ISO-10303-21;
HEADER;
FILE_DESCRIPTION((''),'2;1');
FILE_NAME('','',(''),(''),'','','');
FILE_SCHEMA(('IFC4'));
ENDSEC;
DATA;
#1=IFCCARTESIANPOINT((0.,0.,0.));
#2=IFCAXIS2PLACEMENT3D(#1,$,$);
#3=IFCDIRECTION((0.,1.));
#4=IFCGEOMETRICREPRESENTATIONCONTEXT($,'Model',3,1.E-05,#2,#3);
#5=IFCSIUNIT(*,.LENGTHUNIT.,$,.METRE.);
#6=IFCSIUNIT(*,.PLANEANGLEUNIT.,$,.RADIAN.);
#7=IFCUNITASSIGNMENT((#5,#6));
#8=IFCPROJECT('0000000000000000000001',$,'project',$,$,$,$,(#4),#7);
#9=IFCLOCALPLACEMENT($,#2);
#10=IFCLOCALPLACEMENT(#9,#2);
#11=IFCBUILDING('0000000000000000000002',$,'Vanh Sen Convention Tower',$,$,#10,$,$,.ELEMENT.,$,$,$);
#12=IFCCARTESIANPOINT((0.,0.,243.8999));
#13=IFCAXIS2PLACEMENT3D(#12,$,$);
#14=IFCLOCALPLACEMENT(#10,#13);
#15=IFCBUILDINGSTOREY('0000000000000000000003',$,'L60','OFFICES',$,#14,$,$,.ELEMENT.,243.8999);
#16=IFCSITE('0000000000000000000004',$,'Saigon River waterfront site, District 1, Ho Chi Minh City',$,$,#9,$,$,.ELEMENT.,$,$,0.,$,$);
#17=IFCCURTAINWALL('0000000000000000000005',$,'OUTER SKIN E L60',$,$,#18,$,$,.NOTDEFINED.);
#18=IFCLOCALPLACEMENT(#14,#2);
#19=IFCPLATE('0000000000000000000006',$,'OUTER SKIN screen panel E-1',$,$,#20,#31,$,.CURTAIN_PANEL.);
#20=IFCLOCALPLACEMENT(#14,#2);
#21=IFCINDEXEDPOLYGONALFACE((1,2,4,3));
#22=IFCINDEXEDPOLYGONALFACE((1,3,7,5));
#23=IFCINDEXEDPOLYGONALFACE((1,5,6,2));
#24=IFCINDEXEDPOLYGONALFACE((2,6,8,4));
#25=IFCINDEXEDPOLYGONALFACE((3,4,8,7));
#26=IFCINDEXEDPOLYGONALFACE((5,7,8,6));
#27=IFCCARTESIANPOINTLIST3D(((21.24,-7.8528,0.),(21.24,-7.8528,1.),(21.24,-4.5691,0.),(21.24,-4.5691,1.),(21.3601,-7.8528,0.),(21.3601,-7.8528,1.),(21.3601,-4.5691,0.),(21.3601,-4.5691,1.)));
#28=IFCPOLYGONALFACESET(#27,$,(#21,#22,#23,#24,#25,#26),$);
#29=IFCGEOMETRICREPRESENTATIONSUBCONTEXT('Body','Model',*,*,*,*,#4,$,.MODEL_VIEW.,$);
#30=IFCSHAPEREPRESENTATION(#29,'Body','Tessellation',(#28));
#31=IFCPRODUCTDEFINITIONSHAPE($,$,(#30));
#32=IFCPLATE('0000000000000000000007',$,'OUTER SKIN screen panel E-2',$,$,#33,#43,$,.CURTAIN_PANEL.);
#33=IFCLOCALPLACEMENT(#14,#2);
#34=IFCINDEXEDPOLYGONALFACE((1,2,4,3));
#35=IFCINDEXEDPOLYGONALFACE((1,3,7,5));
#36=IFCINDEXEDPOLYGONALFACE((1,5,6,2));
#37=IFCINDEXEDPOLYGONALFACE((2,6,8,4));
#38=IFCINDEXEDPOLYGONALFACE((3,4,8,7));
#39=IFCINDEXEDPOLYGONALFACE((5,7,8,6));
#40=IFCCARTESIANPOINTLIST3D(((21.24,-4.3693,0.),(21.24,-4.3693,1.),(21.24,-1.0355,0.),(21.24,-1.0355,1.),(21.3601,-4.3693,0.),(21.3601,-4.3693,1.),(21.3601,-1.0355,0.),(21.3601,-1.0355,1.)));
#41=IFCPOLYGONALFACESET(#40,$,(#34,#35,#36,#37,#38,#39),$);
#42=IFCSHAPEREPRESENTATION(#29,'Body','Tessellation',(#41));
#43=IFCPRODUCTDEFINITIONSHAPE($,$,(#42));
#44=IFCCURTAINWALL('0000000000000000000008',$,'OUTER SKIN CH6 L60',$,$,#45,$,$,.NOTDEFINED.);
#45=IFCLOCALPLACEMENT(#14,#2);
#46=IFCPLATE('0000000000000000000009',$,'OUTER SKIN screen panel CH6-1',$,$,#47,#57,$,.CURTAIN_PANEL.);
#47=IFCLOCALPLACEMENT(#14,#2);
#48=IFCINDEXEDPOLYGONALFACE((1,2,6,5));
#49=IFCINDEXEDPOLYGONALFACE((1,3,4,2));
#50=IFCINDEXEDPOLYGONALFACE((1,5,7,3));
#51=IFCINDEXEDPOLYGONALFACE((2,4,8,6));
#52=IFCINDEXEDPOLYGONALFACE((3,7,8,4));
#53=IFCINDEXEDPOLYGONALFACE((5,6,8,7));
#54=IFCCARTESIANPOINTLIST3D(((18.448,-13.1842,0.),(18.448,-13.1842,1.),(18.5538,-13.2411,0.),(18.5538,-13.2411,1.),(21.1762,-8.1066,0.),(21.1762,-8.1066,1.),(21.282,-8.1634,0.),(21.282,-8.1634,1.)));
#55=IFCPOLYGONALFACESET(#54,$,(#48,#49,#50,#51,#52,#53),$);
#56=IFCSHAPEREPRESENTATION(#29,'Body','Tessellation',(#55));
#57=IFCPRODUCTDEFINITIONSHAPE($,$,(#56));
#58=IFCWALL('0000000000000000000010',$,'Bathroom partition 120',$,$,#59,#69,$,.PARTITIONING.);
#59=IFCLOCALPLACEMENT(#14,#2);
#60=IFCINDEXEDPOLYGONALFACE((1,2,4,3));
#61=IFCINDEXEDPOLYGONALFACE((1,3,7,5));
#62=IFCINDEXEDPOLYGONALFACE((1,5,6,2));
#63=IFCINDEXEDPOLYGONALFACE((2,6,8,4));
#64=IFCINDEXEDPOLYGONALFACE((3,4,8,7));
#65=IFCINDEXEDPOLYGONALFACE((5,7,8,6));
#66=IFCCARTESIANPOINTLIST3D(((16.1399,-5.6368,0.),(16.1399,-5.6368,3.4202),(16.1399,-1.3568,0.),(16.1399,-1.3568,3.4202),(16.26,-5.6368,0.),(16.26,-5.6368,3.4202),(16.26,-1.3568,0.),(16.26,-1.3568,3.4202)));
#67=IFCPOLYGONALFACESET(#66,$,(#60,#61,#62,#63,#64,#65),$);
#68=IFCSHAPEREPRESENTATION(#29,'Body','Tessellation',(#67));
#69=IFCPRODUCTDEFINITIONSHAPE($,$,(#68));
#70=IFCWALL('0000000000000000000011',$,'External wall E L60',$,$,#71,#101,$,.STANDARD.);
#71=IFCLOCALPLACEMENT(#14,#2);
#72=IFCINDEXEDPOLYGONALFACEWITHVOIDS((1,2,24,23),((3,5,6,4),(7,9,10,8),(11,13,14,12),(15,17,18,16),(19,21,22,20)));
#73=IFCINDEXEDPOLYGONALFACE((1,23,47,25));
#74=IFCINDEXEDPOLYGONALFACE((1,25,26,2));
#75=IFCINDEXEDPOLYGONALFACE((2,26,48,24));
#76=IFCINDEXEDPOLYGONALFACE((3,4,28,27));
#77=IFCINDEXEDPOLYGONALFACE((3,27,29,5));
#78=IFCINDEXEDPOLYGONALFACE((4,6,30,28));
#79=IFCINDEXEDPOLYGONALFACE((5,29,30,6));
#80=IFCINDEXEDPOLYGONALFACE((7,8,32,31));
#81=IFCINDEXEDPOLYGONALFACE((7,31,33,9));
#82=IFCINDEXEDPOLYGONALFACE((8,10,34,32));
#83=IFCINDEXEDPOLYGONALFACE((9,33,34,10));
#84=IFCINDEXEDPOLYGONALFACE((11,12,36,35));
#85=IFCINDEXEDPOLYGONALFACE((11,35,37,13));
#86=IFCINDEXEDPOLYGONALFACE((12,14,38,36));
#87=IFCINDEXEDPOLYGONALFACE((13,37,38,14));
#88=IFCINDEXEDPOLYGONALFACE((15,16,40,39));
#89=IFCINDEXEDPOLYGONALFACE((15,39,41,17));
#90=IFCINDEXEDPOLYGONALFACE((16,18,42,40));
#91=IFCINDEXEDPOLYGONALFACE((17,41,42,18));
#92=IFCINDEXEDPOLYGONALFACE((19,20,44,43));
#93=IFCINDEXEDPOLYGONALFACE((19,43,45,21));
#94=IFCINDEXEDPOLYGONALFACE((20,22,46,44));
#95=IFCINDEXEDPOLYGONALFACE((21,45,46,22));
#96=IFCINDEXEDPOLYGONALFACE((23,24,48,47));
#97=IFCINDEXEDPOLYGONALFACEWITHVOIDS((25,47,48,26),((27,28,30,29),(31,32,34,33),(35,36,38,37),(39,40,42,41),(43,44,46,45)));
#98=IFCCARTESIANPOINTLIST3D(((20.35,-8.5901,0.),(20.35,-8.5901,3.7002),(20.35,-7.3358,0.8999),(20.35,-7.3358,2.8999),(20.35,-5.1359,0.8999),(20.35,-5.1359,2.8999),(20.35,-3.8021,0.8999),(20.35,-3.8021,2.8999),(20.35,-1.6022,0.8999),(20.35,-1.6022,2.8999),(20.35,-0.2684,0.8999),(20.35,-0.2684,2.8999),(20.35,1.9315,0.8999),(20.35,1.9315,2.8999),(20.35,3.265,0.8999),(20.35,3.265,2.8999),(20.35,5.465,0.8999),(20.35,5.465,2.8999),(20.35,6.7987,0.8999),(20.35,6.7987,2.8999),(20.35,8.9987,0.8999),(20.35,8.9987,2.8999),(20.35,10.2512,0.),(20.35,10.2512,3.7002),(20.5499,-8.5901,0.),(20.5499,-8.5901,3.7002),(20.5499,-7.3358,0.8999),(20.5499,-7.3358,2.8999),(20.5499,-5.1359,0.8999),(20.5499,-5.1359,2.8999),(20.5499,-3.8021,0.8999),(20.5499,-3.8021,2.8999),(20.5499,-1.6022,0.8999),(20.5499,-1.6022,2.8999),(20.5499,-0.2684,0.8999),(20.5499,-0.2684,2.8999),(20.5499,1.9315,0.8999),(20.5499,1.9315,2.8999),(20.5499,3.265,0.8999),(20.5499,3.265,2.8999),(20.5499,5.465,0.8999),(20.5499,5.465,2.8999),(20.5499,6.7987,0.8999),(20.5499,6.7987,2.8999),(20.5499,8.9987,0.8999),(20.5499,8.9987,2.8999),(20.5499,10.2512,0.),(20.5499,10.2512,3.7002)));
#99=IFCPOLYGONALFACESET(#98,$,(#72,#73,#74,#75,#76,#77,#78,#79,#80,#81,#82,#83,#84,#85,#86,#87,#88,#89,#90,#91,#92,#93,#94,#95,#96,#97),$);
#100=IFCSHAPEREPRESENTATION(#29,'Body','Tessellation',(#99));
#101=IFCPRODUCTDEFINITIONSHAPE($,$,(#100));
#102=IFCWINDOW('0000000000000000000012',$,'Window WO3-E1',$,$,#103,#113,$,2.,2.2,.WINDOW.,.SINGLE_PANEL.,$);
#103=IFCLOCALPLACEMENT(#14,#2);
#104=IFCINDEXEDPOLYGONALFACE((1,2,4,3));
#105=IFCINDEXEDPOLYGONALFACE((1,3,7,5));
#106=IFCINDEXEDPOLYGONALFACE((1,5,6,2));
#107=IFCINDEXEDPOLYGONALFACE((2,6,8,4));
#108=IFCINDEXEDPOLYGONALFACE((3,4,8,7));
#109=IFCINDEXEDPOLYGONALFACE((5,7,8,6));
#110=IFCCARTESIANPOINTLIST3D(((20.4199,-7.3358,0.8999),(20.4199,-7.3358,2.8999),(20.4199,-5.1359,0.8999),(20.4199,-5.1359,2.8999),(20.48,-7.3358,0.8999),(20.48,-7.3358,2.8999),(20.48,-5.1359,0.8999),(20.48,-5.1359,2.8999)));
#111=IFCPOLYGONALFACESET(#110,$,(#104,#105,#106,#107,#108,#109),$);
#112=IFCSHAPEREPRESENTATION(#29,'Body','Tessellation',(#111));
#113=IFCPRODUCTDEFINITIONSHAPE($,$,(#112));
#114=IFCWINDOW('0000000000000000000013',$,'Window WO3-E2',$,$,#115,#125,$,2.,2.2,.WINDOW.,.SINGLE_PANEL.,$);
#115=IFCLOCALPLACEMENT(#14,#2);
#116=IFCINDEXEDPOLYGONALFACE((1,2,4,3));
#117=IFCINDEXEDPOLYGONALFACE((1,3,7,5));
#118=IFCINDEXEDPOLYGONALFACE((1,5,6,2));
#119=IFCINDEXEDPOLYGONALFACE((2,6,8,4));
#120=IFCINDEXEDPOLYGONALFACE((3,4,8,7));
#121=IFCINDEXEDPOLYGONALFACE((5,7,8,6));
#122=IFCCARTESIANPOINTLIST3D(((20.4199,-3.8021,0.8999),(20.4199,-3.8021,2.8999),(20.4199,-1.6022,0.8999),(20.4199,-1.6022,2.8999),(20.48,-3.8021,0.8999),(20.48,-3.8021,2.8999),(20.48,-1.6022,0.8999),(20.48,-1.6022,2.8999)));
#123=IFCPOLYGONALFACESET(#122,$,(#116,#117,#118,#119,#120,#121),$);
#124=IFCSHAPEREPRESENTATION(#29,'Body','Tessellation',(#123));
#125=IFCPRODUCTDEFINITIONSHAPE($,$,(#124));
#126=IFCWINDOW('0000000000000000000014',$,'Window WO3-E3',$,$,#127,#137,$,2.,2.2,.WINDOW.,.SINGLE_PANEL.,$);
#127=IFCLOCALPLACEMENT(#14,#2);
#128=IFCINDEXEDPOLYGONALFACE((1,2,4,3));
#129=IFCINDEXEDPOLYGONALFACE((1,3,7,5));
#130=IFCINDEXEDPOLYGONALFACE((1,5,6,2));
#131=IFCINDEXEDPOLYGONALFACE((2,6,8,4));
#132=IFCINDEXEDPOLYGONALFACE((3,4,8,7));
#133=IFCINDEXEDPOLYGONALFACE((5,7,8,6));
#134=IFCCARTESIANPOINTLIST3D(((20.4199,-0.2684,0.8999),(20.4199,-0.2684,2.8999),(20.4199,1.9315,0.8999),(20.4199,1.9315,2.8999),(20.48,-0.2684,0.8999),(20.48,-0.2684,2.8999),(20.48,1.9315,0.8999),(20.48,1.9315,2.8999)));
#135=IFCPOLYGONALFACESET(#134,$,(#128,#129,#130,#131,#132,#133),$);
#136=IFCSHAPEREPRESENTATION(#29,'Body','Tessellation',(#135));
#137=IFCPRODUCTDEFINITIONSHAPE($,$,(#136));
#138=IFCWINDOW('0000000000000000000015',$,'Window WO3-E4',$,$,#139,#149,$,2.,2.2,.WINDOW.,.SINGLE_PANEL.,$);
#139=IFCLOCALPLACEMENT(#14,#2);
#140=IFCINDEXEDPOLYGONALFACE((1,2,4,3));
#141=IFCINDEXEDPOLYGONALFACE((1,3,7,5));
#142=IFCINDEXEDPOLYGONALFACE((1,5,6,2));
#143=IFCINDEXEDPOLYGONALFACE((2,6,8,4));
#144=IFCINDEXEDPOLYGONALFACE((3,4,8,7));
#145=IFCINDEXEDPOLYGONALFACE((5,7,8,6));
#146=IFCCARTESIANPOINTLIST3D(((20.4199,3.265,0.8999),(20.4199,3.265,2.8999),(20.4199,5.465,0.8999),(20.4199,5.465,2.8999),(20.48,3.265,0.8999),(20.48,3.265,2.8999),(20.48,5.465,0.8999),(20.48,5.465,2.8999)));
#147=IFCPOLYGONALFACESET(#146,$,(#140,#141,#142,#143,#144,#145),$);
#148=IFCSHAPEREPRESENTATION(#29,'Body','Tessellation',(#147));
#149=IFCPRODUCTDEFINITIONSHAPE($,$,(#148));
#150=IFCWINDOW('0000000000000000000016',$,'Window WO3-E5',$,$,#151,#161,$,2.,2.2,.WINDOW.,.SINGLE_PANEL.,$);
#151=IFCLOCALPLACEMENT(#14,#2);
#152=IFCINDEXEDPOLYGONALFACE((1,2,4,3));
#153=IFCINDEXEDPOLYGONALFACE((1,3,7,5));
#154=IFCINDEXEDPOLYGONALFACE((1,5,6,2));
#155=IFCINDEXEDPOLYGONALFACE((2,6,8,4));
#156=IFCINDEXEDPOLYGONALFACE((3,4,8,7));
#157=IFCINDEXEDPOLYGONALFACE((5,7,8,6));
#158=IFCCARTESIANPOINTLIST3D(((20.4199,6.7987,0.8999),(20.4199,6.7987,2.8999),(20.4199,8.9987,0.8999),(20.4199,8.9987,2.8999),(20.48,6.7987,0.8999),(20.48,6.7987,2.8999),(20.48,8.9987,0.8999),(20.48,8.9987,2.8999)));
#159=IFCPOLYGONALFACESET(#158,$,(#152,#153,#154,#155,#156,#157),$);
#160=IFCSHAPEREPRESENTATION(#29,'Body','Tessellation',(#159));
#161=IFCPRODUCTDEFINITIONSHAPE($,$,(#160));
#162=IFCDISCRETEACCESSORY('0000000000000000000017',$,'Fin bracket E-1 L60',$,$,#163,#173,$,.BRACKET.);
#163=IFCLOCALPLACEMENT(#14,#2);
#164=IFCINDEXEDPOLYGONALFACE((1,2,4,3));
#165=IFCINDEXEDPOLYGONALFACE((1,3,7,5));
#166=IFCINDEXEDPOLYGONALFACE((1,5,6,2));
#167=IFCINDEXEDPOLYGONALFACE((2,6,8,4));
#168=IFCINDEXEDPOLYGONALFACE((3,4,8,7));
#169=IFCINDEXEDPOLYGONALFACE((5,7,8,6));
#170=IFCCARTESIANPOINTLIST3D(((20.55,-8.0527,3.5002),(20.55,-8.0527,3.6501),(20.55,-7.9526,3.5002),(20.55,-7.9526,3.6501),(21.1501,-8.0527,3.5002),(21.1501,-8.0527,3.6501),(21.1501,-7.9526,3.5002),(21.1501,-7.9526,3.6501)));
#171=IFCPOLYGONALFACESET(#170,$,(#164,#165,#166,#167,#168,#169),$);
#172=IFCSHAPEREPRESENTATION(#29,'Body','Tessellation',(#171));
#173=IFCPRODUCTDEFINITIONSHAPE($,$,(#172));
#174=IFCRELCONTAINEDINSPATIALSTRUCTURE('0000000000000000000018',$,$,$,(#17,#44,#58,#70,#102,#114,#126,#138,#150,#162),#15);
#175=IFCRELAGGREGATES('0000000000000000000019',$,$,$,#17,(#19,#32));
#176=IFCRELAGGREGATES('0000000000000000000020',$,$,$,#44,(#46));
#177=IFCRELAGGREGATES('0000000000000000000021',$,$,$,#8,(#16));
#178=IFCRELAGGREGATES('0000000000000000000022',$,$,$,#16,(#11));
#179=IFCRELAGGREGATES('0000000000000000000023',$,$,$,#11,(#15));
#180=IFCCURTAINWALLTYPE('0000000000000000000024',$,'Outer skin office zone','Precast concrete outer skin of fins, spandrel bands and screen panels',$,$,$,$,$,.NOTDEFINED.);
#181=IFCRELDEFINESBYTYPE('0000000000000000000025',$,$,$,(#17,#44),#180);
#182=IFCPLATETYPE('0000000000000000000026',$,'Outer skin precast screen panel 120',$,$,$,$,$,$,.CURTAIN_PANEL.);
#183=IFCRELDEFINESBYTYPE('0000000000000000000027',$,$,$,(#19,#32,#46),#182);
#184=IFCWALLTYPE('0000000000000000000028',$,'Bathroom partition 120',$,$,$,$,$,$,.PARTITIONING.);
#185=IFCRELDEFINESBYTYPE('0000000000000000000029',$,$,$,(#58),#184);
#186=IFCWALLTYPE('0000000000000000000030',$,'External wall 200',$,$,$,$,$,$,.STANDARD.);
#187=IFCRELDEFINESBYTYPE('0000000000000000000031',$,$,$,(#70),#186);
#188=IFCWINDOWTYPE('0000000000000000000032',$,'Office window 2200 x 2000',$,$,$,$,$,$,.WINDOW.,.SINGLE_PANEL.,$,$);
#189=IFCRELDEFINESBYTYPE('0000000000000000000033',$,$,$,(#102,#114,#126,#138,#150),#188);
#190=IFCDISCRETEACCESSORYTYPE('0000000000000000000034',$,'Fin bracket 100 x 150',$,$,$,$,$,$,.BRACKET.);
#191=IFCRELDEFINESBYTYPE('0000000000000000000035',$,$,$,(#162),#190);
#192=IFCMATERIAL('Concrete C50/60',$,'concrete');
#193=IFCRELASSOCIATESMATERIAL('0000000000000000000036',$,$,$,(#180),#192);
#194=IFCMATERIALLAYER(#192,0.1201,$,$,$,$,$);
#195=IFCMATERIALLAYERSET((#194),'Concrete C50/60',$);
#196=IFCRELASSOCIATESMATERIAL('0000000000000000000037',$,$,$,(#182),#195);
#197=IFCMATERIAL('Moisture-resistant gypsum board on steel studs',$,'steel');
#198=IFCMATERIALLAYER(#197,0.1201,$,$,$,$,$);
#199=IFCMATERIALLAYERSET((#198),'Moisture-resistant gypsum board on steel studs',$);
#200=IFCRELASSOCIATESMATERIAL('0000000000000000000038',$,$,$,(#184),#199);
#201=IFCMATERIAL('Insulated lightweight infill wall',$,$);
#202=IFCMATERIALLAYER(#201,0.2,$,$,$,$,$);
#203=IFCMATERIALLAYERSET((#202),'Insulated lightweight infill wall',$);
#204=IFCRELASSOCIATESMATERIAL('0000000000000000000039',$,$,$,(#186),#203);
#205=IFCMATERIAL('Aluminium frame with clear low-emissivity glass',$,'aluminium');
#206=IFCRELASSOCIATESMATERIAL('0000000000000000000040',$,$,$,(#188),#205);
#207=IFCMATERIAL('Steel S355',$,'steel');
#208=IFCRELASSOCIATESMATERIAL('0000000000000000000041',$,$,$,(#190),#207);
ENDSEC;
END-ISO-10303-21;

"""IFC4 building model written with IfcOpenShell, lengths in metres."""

from ifc_helpers import new_model, si_unit, direction, frame, frame_2d, origin, origin_2d, place, context, subcontext, project, spatial, rectangle, extrude, material, layer, layer_set, type_object, element, fill, aggregate, save


model = new_model("IFC4")

# Units and contexts
model_context = context("Model", 3, precision=1e-05, world=origin(), true_north=direction((0.0, 1.0)))
body_context = subcontext(model_context, "Body", "Model", "MODEL_VIEW")
ifc_project = project(units=[si_unit("LENGTHUNIT", "METRE"), si_unit("PLANEANGLEUNIT", "RADIAN")], contexts=[model_context])

# Site, building, storey
site_placement = place(None, origin())
site = spatial("IfcSite", under=ifc_project, at=site_placement, Name="Saigon River waterfront site, District 1, Ho Chi Minh City", CompositionType="ELEMENT", RefElevation=0.0)
building_placement = place(site_placement, origin())
building = spatial("IfcBuilding", under=site, at=building_placement, Name="Vanh Sen Convention Tower", CompositionType="ELEMENT")
storey_placement = place(building_placement, frame((0.0, 0.0, 243.8999)))
storey = spatial("IfcBuildingStorey", under=building, at=storey_placement, Name="L60", Description="OFFICES", CompositionType="ELEMENT", Elevation=243.8999)

# Curtain wall
ifc_material_1 = material(Name="Concrete C50/60", Category="concrete")
curtain_wall_type = type_object("IfcCurtainWallType", Name="Outer skin office zone", Description="Precast concrete outer skin of fins, spandrel bands and screen panels", PredefinedType="NOTDEFINED", material=ifc_material_1)
curtain_wall_1_placement = place(storey_placement, origin())
curtain_wall_1 = element("IfcCurtainWall", 1, at=curtain_wall_1_placement, inside=storey, type_object=curtain_wall_type, Name="OUTER SKIN E L60", PredefinedType="NOTDEFINED")

# Plates
ifc_layer_1 = layer(ifc_material_1, 0.1201)
ifc_layer_set_1 = layer_set([ifc_layer_1], Name="Concrete C50/60")
plate_type = type_object("IfcPlateType", Name="Outer skin precast screen panel 120", PredefinedType="CURTAIN_PANEL", material=ifc_layer_set_1)
plate_1_placement = place(storey_placement, frame((21.3, -6.2109, 0.0), z_axis=(0.0, 0.0, 1.0), x_axis=(0.0, 1.0, 0.0)))
plate_1 = element("IfcPlate", 2, at=plate_1_placement, type_object=plate_type, Name="OUTER SKIN screen panel E-1", PredefinedType="CURTAIN_PANEL", context=body_context, shape_type="SweptSolid", body=[
    extrude(rectangle(XDim=3.2837, YDim=0.1201, at=origin_2d()), origin(), (0.0, 0.0, 1.0), 1.0),
])
plate_2_placement = place(storey_placement, frame((21.3, -2.7024, 0.0), z_axis=(0.0, 0.0, 1.0), x_axis=(0.0, 1.0, 0.0)))
plate_2 = element("IfcPlate", 3, at=plate_2_placement, type_object=plate_type, Name="OUTER SKIN screen panel E-2", PredefinedType="CURTAIN_PANEL", context=body_context, shape_type="SweptSolid", body=[
    extrude(rectangle(XDim=3.3337, YDim=0.1201, at=origin_2d()), origin(), (0.0, 0.0, 1.0), 1.0),
])
aggregate(curtain_wall_1, [plate_1, plate_2])

# Curtain wall, plate
curtain_wall_2_placement = place(storey_placement, origin())
curtain_wall_2 = element("IfcCurtainWall", 4, at=curtain_wall_2_placement, inside=storey, type_object=curtain_wall_type, Name="OUTER SKIN CH6 L60", PredefinedType="NOTDEFINED")
plate_3_placement = place(storey_placement, frame((19.865, -10.6738, 0.0), z_axis=(0.0, 0.0, 1.0), x_axis=(0.473314, 0.880894, 0.0)))
plate_3 = element("IfcPlate", 5, at=plate_3_placement, type_object=plate_type, Name="OUTER SKIN screen panel CH6-1", PredefinedType="CURTAIN_PANEL", context=body_context, shape_type="SweptSolid", body=[
    extrude(rectangle(XDim=5.7642, YDim=0.1201, at=origin_2d()), origin(), (0.0, 0.0, 1.0), 1.0),
])
aggregate(curtain_wall_2, [plate_3])

# Wall
ifc_material_2 = material(Name="Moisture-resistant gypsum board on steel studs", Category="steel")
ifc_layer_2 = layer(ifc_material_2, 0.1201)
ifc_layer_set_2 = layer_set([ifc_layer_2], Name="Moisture-resistant gypsum board on steel studs")
wall_type_1 = type_object("IfcWallType", Name="Bathroom partition 120", PredefinedType="PARTITIONING", material=ifc_layer_set_2)
wall_1_placement = place(storey_placement, frame((16.2, -1.3567, 0.0), z_axis=(0.0, 0.0, 1.0), x_axis=(0.0, -1.0, 0.0)))
element("IfcWall", 6, at=wall_1_placement, inside=storey, type_object=wall_type_1, Name="Bathroom partition 120", PredefinedType="PARTITIONING", context=body_context, shape_type="SweptSolid", body=[
    extrude(rectangle(XDim=4.28, YDim=0.1201, at=frame_2d((2.1401, 0.0))), origin(), (0.0, 0.0, 1.0), 3.4202),
])

# Wall, openings, windows
ifc_material_3 = material(Name="Insulated lightweight infill wall")
ifc_layer_3 = layer(ifc_material_3, 0.2)
ifc_layer_set_3 = layer_set([ifc_layer_3], Name="Insulated lightweight infill wall")
wall_type_2 = type_object("IfcWallType", Name="External wall 200", PredefinedType="STANDARD", material=ifc_layer_set_3)
wall_2_placement = place(storey_placement, frame((20.45, -8.5901, 0.0), z_axis=(0.0, 0.0, 1.0), x_axis=(0.0, 1.0, 0.0)))
wall_2 = element("IfcWall", 7, at=wall_2_placement, inside=storey, type_object=wall_type_2, Name="External wall E L60", PredefinedType="STANDARD", context=body_context, shape_type="SweptSolid", body=[
    extrude(rectangle(XDim=18.8413, YDim=0.2, at=frame_2d((9.4207, 0.0))), origin(), (0.0, 0.0, 1.0), 3.7002),
])
opening_1_placement = place(wall_2_placement, frame((1.2542, 0.0, 0.8999)))
opening_1 = element("IfcOpeningElement", 8, at=opening_1_placement, cuts=wall_2, PredefinedType="OPENING", context=body_context, shape_type="SweptSolid", body=[
    extrude(rectangle(XDim=2.2, YDim=2.0, at=frame_2d((1.1001, 1.0))), frame((0.0, 0.1099, 0.0), z_axis=(0.0, -1.0, 0.0), x_axis=(1.0, 0.0, 0.0)), (0.0, 0.0, 1.0), 0.22),
])
opening_2_placement = place(wall_2_placement, frame((4.7878, 0.0, 0.8999)))
opening_2 = element("IfcOpeningElement", 9, at=opening_2_placement, cuts=wall_2, PredefinedType="OPENING", context=body_context, shape_type="SweptSolid", body=[
    extrude(rectangle(XDim=2.2, YDim=2.0, at=frame_2d((1.1001, 1.0))), frame((0.0, 0.1099, 0.0), z_axis=(0.0, -1.0, 0.0), x_axis=(1.0, 0.0, 0.0)), (0.0, 0.0, 1.0), 0.22),
])
opening_3_placement = place(wall_2_placement, frame((8.3215, 0.0, 0.8999)))
opening_3 = element("IfcOpeningElement", 10, at=opening_3_placement, cuts=wall_2, PredefinedType="OPENING", context=body_context, shape_type="SweptSolid", body=[
    extrude(rectangle(XDim=2.2, YDim=2.0, at=frame_2d((1.1001, 1.0))), frame((0.0, 0.1099, 0.0), z_axis=(0.0, -1.0, 0.0), x_axis=(1.0, 0.0, 0.0)), (0.0, 0.0, 1.0), 0.22),
])
opening_4_placement = place(wall_2_placement, frame((11.855, 0.0, 0.8999)))
opening_4 = element("IfcOpeningElement", 11, at=opening_4_placement, cuts=wall_2, PredefinedType="OPENING", context=body_context, shape_type="SweptSolid", body=[
    extrude(rectangle(XDim=2.2, YDim=2.0, at=frame_2d((1.1001, 1.0))), frame((0.0, 0.1099, 0.0), z_axis=(0.0, -1.0, 0.0), x_axis=(1.0, 0.0, 0.0)), (0.0, 0.0, 1.0), 0.22),
])
opening_5_placement = place(wall_2_placement, frame((15.3887, 0.0, 0.8999)))
opening_5 = element("IfcOpeningElement", 12, at=opening_5_placement, cuts=wall_2, PredefinedType="OPENING", context=body_context, shape_type="SweptSolid", body=[
    extrude(rectangle(XDim=2.2, YDim=2.0, at=frame_2d((1.1001, 1.0))), frame((0.0, 0.1099, 0.0), z_axis=(0.0, -1.0, 0.0), x_axis=(1.0, 0.0, 0.0)), (0.0, 0.0, 1.0), 0.22),
])
ifc_material_4 = material(Name="Aluminium frame with clear low-emissivity glass", Category="aluminium")
window_type = type_object("IfcWindowType", Name="Office window 2200 x 2000", PartitioningType="SINGLE_PANEL", PredefinedType="WINDOW", material=ifc_material_4)
window_1_placement = place(opening_1_placement, origin())
window_1 = element("IfcWindow", 13, at=window_1_placement, inside=storey, type_object=window_type, Name="Window WO3-E1", OverallHeight=2.0, OverallWidth=2.2, PartitioningType="SINGLE_PANEL", PredefinedType="WINDOW", context=body_context, shape_type="SweptSolid", body=[
    extrude(rectangle(XDim=2.2, YDim=2.0, at=frame_2d((1.1001, 1.0))), frame((0.0, 0.03, 0.0), z_axis=(0.0, -1.0, 0.0), x_axis=(1.0, 0.0, 0.0)), (0.0, 0.0, 1.0), 0.0601),
])
fill(opening_1, window_1)
window_2_placement = place(opening_2_placement, origin())
window_2 = element("IfcWindow", 14, at=window_2_placement, inside=storey, type_object=window_type, Name="Window WO3-E2", OverallHeight=2.0, OverallWidth=2.2, PartitioningType="SINGLE_PANEL", PredefinedType="WINDOW", context=body_context, shape_type="SweptSolid", body=[
    extrude(rectangle(XDim=2.2, YDim=2.0, at=frame_2d((1.1001, 1.0))), frame((0.0, 0.03, 0.0), z_axis=(0.0, -1.0, 0.0), x_axis=(1.0, 0.0, 0.0)), (0.0, 0.0, 1.0), 0.0601),
])
fill(opening_2, window_2)
window_3_placement = place(opening_3_placement, origin())
window_3 = element("IfcWindow", 15, at=window_3_placement, inside=storey, type_object=window_type, Name="Window WO3-E3", OverallHeight=2.0, OverallWidth=2.2, PartitioningType="SINGLE_PANEL", PredefinedType="WINDOW", context=body_context, shape_type="SweptSolid", body=[
    extrude(rectangle(XDim=2.2, YDim=2.0, at=frame_2d((1.1001, 1.0))), frame((0.0, 0.03, 0.0), z_axis=(0.0, -1.0, 0.0), x_axis=(1.0, 0.0, 0.0)), (0.0, 0.0, 1.0), 0.0601),
])
fill(opening_3, window_3)
window_4_placement = place(opening_4_placement, origin())
window_4 = element("IfcWindow", 16, at=window_4_placement, inside=storey, type_object=window_type, Name="Window WO3-E4", OverallHeight=2.0, OverallWidth=2.2, PartitioningType="SINGLE_PANEL", PredefinedType="WINDOW", context=body_context, shape_type="SweptSolid", body=[
    extrude(rectangle(XDim=2.2, YDim=2.0, at=frame_2d((1.1001, 1.0))), frame((0.0, 0.03, 0.0), z_axis=(0.0, -1.0, 0.0), x_axis=(1.0, 0.0, 0.0)), (0.0, 0.0, 1.0), 0.0601),
])
fill(opening_4, window_4)
window_5_placement = place(opening_5_placement, origin())
window_5 = element("IfcWindow", 17, at=window_5_placement, inside=storey, type_object=window_type, Name="Window WO3-E5", OverallHeight=2.0, OverallWidth=2.2, PartitioningType="SINGLE_PANEL", PredefinedType="WINDOW", context=body_context, shape_type="SweptSolid", body=[
    extrude(rectangle(XDim=2.2, YDim=2.0, at=frame_2d((1.1001, 1.0))), frame((0.0, 0.03, 0.0), z_axis=(0.0, -1.0, 0.0), x_axis=(1.0, 0.0, 0.0)), (0.0, 0.0, 1.0), 0.0601),
])
fill(opening_5, window_5)

# Discrete accessory
ifc_material_5 = material(Name="Steel S355", Category="steel")
discrete_accessory_type = type_object("IfcDiscreteAccessoryType", Name="Fin bracket 100 x 150", PredefinedType="BRACKET", material=ifc_material_5)
for number, where, z_axis, x_axis, name in (
    (18, (20.8501, -8.0027, 3.5002), (0.0, 0.0, 1.0), (1.0, 0.0, 0.0), "Fin bracket E-1 L60"),
):
    element("IfcDiscreteAccessory", number, at=place(storey_placement, frame(where, z_axis=z_axis, x_axis=x_axis)), inside=storey, type_object=discrete_accessory_type, Name=name, PredefinedType="BRACKET", context=body_context, shape_type="SweptSolid", body=[
        extrude(rectangle(XDim=0.6001, YDim=0.1001, at=origin_2d()), origin(), (0.0, 0.0, 1.0), 0.1499),
    ])

save(model, "model.ifc")
